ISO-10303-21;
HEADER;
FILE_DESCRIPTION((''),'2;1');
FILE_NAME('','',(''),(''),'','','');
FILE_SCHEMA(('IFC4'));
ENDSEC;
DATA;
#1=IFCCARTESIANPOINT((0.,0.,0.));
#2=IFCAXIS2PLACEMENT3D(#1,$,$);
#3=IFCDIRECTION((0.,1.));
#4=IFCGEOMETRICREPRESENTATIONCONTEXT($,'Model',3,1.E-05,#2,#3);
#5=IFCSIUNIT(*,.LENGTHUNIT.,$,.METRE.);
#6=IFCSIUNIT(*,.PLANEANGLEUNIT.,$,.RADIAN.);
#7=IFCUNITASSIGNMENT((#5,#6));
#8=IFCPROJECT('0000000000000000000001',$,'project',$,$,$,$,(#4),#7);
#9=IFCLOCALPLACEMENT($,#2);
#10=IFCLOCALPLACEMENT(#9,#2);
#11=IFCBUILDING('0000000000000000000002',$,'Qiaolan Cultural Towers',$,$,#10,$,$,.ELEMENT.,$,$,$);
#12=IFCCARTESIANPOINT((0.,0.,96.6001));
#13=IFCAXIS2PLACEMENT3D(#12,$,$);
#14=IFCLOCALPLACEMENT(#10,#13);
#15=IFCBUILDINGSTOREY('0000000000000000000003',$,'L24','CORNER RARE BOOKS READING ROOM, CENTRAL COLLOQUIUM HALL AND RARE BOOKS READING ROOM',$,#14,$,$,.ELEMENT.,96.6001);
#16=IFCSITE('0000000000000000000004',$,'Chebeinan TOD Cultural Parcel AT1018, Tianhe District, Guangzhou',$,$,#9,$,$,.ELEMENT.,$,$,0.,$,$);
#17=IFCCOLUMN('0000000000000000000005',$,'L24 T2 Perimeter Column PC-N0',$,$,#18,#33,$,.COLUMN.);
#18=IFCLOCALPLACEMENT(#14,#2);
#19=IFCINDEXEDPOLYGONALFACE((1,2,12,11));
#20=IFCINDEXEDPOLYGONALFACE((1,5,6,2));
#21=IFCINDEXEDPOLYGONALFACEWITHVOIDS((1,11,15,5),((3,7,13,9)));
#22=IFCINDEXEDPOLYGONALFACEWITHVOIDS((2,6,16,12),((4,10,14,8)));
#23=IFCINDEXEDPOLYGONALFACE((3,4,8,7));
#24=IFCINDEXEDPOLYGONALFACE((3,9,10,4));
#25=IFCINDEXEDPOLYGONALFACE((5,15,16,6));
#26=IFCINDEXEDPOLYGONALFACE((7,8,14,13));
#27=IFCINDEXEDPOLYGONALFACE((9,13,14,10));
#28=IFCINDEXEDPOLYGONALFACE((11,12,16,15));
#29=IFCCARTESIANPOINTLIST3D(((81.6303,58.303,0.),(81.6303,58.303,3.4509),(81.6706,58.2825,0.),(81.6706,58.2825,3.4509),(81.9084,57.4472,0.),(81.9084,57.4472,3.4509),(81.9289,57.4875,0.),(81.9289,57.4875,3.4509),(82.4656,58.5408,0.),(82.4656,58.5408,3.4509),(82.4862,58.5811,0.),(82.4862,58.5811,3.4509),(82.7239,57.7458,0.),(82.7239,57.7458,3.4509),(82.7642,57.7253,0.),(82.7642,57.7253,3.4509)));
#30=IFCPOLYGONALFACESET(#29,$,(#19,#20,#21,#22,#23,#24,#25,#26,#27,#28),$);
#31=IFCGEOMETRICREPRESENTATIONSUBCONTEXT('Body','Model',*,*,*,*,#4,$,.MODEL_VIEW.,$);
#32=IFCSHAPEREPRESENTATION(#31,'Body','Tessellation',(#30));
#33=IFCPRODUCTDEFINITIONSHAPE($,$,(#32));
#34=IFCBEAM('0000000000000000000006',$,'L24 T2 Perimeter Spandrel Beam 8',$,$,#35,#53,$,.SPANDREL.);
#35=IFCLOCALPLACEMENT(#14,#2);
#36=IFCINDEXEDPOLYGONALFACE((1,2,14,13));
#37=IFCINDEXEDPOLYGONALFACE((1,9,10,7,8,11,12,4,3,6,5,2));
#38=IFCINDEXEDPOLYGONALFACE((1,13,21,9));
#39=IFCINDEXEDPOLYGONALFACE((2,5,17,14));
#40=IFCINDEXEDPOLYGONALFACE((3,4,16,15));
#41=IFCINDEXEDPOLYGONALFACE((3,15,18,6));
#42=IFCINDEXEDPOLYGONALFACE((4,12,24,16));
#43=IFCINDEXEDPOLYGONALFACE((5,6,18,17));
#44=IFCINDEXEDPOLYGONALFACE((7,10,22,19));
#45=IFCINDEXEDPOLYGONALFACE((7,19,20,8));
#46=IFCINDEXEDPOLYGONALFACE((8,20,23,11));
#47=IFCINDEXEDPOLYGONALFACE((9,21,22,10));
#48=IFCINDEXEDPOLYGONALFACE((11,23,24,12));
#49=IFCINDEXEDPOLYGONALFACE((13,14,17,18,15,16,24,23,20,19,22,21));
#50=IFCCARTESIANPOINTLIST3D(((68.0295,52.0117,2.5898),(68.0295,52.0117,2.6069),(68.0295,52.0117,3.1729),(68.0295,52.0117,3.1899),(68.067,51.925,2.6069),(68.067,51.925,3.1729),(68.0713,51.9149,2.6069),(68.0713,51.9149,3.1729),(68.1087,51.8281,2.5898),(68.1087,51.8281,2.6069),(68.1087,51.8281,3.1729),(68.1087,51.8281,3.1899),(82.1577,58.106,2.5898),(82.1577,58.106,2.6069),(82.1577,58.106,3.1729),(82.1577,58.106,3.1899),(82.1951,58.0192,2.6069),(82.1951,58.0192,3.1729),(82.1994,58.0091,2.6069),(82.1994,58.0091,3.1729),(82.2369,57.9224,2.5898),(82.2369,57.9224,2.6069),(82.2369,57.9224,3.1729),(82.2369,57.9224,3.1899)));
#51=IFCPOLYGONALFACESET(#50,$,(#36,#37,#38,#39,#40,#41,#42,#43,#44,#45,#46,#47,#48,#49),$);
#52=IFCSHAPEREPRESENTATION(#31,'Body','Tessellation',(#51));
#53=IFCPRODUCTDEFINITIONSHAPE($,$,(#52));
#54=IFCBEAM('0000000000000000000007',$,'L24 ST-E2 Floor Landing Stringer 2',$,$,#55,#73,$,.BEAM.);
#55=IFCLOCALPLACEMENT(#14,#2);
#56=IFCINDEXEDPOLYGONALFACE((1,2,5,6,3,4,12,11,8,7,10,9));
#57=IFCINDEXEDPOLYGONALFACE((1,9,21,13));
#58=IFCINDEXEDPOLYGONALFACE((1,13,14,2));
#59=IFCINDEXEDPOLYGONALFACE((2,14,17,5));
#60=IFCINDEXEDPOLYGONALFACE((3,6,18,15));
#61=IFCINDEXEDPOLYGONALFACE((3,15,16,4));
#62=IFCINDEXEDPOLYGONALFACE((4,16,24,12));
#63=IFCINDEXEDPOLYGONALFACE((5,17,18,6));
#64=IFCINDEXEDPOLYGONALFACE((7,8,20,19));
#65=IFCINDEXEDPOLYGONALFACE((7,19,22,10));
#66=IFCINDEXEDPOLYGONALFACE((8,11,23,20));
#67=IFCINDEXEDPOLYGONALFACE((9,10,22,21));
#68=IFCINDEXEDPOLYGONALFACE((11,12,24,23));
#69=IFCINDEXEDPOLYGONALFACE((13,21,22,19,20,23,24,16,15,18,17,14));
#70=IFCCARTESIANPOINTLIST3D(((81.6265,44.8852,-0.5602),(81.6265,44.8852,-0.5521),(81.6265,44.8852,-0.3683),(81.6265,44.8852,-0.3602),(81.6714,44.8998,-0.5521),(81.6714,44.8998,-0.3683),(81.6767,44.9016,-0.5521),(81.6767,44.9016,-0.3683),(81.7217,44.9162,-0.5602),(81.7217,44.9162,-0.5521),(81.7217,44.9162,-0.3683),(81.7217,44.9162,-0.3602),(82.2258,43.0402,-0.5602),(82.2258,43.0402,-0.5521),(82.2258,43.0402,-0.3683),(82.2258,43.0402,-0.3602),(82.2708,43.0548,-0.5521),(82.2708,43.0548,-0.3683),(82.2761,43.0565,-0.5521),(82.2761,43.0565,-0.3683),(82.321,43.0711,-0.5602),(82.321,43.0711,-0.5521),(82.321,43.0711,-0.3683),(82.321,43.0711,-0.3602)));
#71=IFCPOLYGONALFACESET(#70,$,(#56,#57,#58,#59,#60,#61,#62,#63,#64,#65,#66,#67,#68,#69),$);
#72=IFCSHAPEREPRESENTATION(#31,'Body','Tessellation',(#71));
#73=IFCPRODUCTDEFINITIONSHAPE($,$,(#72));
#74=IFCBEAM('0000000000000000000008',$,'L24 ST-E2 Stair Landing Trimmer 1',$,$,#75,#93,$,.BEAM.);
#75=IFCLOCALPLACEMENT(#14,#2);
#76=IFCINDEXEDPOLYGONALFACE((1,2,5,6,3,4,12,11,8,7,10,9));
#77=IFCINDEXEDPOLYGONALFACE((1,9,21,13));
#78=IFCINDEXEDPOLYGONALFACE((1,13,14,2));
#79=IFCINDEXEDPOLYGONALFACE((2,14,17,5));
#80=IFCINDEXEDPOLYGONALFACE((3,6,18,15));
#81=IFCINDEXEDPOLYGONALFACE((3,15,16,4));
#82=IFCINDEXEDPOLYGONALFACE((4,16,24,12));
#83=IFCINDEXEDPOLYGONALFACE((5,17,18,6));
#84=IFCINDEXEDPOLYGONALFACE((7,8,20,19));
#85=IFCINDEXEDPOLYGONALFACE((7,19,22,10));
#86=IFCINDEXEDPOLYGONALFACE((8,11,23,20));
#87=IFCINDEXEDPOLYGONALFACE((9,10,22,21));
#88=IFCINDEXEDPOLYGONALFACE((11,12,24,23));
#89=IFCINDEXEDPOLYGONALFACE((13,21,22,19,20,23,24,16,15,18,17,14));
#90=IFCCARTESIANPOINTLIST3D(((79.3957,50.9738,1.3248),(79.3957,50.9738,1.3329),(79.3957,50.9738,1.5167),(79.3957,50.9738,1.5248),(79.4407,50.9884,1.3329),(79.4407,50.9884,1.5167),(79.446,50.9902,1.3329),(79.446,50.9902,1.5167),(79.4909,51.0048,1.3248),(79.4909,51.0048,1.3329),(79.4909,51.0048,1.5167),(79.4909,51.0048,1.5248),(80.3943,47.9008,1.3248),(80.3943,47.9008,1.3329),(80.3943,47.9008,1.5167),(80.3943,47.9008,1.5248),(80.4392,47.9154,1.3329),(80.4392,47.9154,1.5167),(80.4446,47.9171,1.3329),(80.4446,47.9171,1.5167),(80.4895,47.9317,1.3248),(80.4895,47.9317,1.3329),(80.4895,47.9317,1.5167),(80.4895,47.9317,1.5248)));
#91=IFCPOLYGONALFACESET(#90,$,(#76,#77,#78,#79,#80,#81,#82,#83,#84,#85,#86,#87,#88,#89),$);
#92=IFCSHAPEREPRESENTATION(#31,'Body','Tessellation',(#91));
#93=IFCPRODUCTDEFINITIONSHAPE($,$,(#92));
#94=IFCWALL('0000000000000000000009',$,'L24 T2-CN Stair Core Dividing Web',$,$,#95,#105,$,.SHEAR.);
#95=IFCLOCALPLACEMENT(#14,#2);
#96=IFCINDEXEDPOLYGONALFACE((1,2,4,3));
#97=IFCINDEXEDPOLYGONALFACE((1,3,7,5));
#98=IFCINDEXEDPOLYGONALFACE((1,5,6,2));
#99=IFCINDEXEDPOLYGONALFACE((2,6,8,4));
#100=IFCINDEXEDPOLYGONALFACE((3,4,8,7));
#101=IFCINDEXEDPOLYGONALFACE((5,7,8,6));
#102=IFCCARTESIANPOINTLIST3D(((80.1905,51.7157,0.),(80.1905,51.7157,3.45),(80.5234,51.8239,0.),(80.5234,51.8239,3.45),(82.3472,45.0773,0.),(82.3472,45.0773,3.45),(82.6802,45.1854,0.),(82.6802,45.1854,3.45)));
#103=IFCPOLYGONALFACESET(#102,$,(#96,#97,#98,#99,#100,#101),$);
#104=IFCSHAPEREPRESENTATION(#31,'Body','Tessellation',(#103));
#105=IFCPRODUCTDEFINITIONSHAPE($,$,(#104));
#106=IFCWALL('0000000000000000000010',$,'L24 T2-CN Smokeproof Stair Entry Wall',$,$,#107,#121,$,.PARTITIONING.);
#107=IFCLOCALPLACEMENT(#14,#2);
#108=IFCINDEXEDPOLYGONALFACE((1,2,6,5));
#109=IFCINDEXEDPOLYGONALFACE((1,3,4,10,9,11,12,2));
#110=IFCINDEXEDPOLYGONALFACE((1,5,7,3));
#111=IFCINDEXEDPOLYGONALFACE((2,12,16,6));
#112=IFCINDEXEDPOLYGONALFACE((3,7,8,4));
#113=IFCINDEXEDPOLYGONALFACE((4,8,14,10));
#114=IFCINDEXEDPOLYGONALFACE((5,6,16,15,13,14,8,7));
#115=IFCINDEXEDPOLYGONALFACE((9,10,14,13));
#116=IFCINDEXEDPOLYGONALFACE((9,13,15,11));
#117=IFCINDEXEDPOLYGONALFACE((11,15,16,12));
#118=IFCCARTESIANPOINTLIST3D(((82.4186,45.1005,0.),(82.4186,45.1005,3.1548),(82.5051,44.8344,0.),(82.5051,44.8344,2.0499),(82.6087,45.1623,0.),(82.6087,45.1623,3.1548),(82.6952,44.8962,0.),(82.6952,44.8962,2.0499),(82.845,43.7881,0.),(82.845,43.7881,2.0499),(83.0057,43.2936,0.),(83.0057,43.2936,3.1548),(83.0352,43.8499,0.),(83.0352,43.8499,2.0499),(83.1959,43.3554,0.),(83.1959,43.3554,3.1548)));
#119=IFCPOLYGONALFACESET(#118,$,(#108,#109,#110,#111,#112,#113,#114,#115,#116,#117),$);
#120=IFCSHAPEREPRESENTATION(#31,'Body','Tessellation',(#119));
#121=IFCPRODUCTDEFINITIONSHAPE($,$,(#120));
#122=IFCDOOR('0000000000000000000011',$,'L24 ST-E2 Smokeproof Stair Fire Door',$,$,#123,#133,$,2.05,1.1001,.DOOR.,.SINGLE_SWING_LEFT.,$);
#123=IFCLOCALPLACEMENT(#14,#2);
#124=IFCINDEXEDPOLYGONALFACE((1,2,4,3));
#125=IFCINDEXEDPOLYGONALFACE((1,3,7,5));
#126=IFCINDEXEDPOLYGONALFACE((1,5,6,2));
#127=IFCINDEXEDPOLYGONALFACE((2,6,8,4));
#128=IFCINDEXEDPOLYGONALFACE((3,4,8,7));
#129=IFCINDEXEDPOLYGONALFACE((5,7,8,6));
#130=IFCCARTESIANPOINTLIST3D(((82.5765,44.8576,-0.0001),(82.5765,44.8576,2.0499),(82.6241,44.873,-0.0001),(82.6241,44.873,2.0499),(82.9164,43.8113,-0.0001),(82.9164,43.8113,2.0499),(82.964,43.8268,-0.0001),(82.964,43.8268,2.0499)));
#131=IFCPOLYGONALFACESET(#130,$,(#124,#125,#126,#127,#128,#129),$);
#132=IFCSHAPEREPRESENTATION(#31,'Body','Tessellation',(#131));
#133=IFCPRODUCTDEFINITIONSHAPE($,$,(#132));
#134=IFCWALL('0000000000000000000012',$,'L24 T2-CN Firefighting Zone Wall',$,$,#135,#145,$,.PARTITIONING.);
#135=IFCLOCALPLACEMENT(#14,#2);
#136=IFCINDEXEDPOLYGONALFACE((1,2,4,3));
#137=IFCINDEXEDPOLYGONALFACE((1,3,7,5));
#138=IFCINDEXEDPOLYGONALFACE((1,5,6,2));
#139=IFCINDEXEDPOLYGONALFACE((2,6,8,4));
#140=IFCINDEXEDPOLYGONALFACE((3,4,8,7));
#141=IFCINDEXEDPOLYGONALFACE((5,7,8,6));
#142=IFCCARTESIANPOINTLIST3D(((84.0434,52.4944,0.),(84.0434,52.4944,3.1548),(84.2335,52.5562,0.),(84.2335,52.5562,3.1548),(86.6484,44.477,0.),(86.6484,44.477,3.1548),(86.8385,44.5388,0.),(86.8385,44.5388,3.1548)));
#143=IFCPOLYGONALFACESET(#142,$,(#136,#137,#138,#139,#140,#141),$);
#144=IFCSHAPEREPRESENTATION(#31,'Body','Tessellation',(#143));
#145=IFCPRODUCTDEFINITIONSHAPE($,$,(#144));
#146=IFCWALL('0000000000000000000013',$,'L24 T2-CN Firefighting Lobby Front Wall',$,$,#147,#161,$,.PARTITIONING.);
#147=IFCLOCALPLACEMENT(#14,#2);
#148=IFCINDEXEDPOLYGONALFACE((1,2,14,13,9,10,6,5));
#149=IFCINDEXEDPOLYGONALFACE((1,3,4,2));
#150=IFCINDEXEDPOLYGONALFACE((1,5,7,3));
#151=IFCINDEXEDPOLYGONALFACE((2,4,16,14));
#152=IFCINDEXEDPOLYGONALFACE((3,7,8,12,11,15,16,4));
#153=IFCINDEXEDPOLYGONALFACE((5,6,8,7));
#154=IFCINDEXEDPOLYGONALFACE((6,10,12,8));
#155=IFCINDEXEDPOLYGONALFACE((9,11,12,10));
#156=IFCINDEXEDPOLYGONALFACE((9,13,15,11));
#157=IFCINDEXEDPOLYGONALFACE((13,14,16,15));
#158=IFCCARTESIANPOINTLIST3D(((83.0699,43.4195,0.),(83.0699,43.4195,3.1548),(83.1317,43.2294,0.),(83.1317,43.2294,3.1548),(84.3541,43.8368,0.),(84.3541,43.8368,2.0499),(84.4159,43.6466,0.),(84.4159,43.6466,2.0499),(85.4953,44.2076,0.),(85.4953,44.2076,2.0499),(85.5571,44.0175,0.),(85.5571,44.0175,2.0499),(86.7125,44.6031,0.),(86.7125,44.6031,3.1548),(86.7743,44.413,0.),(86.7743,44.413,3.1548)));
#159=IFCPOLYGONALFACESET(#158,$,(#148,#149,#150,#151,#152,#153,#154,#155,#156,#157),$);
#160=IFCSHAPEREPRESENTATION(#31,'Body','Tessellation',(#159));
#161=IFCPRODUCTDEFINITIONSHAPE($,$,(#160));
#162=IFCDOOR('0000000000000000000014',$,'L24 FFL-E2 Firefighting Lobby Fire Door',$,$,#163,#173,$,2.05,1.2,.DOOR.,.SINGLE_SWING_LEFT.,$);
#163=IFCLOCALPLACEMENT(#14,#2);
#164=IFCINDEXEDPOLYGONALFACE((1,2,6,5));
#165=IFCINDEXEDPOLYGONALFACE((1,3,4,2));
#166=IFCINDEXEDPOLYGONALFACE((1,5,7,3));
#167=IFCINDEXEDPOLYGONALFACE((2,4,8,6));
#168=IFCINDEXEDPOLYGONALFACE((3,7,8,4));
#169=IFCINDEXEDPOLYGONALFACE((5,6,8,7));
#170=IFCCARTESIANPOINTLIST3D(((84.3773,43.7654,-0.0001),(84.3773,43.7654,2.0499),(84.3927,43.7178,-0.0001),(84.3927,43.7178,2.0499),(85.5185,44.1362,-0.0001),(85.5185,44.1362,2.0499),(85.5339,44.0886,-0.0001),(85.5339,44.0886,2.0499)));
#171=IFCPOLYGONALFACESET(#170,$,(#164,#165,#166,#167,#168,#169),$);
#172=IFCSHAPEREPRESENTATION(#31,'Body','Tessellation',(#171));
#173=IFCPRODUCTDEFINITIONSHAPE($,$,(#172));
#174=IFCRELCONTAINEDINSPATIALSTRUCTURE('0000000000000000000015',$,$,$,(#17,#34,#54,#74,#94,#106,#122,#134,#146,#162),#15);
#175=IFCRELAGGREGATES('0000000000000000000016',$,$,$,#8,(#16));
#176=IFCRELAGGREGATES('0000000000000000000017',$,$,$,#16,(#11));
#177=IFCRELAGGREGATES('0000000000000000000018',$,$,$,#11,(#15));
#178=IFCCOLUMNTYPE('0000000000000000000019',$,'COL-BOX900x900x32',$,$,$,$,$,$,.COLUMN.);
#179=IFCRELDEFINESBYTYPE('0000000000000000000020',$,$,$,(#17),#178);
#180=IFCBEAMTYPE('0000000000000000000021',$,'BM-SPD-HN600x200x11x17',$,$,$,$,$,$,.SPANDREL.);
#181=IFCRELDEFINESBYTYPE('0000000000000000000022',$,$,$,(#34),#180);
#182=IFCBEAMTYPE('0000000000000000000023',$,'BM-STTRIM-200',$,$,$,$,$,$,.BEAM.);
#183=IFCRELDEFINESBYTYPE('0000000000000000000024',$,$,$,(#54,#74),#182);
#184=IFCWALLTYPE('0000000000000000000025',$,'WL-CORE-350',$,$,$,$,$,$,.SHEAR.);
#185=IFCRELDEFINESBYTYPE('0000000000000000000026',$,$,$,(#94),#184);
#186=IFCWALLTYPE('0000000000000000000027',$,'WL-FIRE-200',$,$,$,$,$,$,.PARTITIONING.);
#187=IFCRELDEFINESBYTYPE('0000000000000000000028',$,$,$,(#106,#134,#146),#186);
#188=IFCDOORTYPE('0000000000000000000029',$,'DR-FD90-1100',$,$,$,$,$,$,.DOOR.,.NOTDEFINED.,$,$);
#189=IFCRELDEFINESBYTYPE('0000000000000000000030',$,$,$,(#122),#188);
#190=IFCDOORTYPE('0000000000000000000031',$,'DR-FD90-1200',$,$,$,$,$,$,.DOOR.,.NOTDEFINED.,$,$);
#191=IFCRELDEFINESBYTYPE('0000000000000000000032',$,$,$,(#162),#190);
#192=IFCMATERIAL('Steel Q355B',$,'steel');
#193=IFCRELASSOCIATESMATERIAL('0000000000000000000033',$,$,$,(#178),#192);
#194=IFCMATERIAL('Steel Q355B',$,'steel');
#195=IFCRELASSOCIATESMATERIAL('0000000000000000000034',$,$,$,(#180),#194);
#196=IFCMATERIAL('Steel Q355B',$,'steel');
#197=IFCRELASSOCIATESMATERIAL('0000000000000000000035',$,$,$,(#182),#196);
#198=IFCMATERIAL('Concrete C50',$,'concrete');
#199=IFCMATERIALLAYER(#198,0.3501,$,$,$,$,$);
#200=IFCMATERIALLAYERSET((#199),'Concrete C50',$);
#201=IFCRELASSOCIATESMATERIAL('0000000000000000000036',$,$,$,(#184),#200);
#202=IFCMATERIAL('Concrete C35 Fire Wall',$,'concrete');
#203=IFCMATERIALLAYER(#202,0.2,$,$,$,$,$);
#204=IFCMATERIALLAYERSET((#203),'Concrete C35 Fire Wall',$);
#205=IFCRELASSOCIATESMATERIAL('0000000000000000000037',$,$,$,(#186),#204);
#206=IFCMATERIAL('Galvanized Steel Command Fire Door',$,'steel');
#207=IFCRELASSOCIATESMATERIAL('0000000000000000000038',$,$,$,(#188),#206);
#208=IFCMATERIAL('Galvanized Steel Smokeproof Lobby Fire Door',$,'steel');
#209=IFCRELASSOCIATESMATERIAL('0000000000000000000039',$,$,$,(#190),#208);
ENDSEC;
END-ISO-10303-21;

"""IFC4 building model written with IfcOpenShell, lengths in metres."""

from ifc_helpers import new_model, si_unit, direction, frame, frame_2d, origin, origin_2d, place, context, subcontext, project, spatial, rectangle, hollow_rectangle, i_section, extrude, material, layer, layer_set, material_profile, profile_set, type_object, element, fill, save


model = new_model("IFC4")

# Units and contexts
model_context = context("Model", 3, precision=1e-05, world=origin(), true_north=direction((0.0, 1.0)))
body_context = subcontext(model_context, "Body", "Model", "MODEL_VIEW")
ifc_project = project(units=[si_unit("LENGTHUNIT", "METRE"), si_unit("PLANEANGLEUNIT", "RADIAN")], contexts=[model_context])

# Site, building, storey
site_placement = place(None, origin())
site = spatial("IfcSite", under=ifc_project, at=site_placement, Name="Chebeinan TOD Cultural Parcel AT1018, Tianhe District, Guangzhou", CompositionType="ELEMENT", RefElevation=0.0)
building_placement = place(site_placement, origin())
building = spatial("IfcBuilding", under=site, at=building_placement, Name="Qiaolan Cultural Towers", CompositionType="ELEMENT")
storey_placement = place(building_placement, frame((0.0, 0.0, 96.6001)))
storey = spatial("IfcBuildingStorey", under=building, at=storey_placement, Name="L24", Description="CORNER RARE BOOKS READING ROOM, CENTRAL COLLOQUIUM HALL AND RARE BOOKS READING ROOM", CompositionType="ELEMENT", Elevation=96.6001)

# Column
ifc_material_1 = material(Name="Steel Q355B", Category="steel")
ifc_material_profile_1 = material_profile(ifc_material_1, hollow_rectangle(XDim=0.8999, YDim=0.8999, WallThickness=0.032, at=origin_2d()), Name="BOX900x900x32")
ifc_profile_set_1 = profile_set([ifc_material_profile_1], Name="Steel Q355B")
column_type = type_object("IfcColumnType", Name="COL-BOX900x900x32", PredefinedType="COLUMN", material=ifc_profile_set_1)
column_placement = place(storey_placement, frame((82.1973, 58.0142, 0.0), z_axis=(0.0, 0.0, 1.0), x_axis=(0.951057, 0.309017, 0.0)))
element("IfcColumn", 1, at=column_placement, inside=storey, type_object=column_type, Name="L24 T2 Perimeter Column PC-N0", PredefinedType="COLUMN", context=body_context, shape_type="SweptSolid", body=[
    extrude(hollow_rectangle(XDim=0.8999, YDim=0.8999, WallThickness=0.032, at=origin_2d()), origin(), (0.0, 0.0, 1.0), 3.4509),
])

# Beams
ifc_material_2 = material(Name="Steel Q355B", Category="steel")
ifc_material_profile_2 = material_profile(ifc_material_2, i_section(OverallWidth=0.2, OverallDepth=0.6001, WebThickness=0.011, FlangeThickness=0.0171, at=origin_2d()), Name="HN600x200x11x17")
ifc_profile_set_2 = profile_set([ifc_material_profile_2], Name="Steel Q355B")
beam_type_1 = type_object("IfcBeamType", Name="BM-SPD-HN600x200x11x17", PredefinedType="SPANDREL", material=ifc_profile_set_2)
beam_1_placement = place(storey_placement, frame((82.1973, 58.0142, 2.8899), z_axis=(-0.918218, -0.396076, 0.0), x_axis=(0.396076, -0.918218, 0.0)))
element("IfcBeam", 2, at=beam_1_placement, inside=storey, type_object=beam_type_1, Name="L24 T2 Perimeter Spandrel Beam 8", PredefinedType="SPANDREL", context=body_context, shape_type="SweptSolid", body=[
    extrude(i_section(OverallWidth=0.2, OverallDepth=0.6001, WebThickness=0.011, FlangeThickness=0.0171, at=origin_2d()), origin(), (0.0, 0.0, 1.0), 15.3865),
])
ifc_material_3 = material(Name="Steel Q355B", Category="steel")
ifc_material_profile_3 = material_profile(ifc_material_3, i_section(OverallWidth=0.1001, OverallDepth=0.2, WebThickness=0.0056, FlangeThickness=0.0081, at=origin_2d()), Name="HN200x100x5.5x8")
ifc_profile_set_3 = profile_set([ifc_material_profile_3], Name="Steel Q355B")
beam_type_2 = type_object("IfcBeamType", Name="BM-STTRIM-200", PredefinedType="BEAM", material=ifc_profile_set_3)
beam_2_placement = place(storey_placement, frame((82.2734, 43.0557, -0.4602), z_axis=(-0.308969, 0.951072, 0.0), x_axis=(-0.951072, -0.308969, 0.0)))
element("IfcBeam", 3, at=beam_2_placement, inside=storey, type_object=beam_type_2, Name="L24 ST-E2 Floor Landing Stringer 2", PredefinedType="BEAM", context=body_context, shape_type="SweptSolid", body=[
    extrude(i_section(OverallWidth=0.1001, OverallDepth=0.2, WebThickness=0.0056, FlangeThickness=0.0081, at=origin_2d()), origin(), (0.0, 0.0, 1.0), 1.9399),
])
beam_3_placement = place(storey_placement, frame((80.4419, 47.9163, 1.4248), z_axis=(-0.309033, 0.951051, 0.0), x_axis=(-0.951051, -0.309033, 0.0)))
element("IfcBeam", 4, at=beam_3_placement, inside=storey, type_object=beam_type_2, Name="L24 ST-E2 Stair Landing Trimmer 1", PredefinedType="BEAM", context=body_context, shape_type="SweptSolid", body=[
    extrude(i_section(OverallWidth=0.1001, OverallDepth=0.2, WebThickness=0.0056, FlangeThickness=0.0081, at=origin_2d()), origin(), (0.0, 0.0, 1.0), 3.2312),
])

# Wall
ifc_material_4 = material(Name="Concrete C50", Category="concrete")
ifc_layer_1 = layer(ifc_material_4, 0.3501)
ifc_layer_set_1 = layer_set([ifc_layer_1], Name="Concrete C50")
wall_type_1 = type_object("IfcWallType", Name="WL-CORE-350", PredefinedType="SHEAR", material=ifc_layer_set_1)
wall_1_placement = place(storey_placement, frame((82.5137, 45.1313, 0.0), z_axis=(0.0, 0.0, 1.0), x_axis=(-0.308989, 0.951066, 0.0)))
element("IfcWall", 5, at=wall_1_placement, inside=storey, type_object=wall_type_1, Name="L24 T2-CN Stair Core Dividing Web", PredefinedType="SHEAR", context=body_context, shape_type="SweptSolid", body=[
    extrude(rectangle(XDim=6.98, YDim=0.3501, at=frame_2d((3.49, 0.0))), origin(), (0.0, 0.0, 1.0), 3.45),
])

# Wall, opening, door
ifc_material_5 = material(Name="Concrete C35 Fire Wall", Category="concrete")
ifc_layer_2 = layer(ifc_material_5, 0.2)
ifc_layer_set_2 = layer_set([ifc_layer_2], Name="Concrete C35 Fire Wall")
wall_type_2 = type_object("IfcWallType", Name="WL-FIRE-200", PredefinedType="PARTITIONING", material=ifc_layer_set_2)
wall_2_placement = place(storey_placement, frame((83.1008, 43.3245, 0.0), z_axis=(0.0, 0.0, 1.0), x_axis=(-0.309048, 0.951046, 0.0)))
wall_2 = element("IfcWall", 6, at=wall_2_placement, inside=storey, type_object=wall_type_2, Name="L24 T2-CN Smokeproof Stair Entry Wall", PredefinedType="PARTITIONING", context=body_context, shape_type="SweptSolid", body=[
    extrude(rectangle(XDim=1.8999, YDim=0.2, at=frame_2d((0.95, 0.0))), origin(), (0.0, 0.0, 1.0), 3.1548),
])
opening_1_placement = place(wall_2_placement, frame((0.52, 0.0, 0.0)))
opening_1 = element("IfcOpeningElement", 7, at=opening_1_placement, cuts=wall_2, PredefinedType="OPENING", context=body_context, shape_type="SweptSolid", body=[
    extrude(rectangle(XDim=1.1001, YDim=2.05, at=frame_2d((0.55, 1.0249))), frame((0.0, 0.1099, 0.0), z_axis=(0.0, -1.0, 0.0), x_axis=(1.0, 0.0, 0.0)), (0.0, 0.0, 1.0), 0.22),
])
ifc_material_6 = material(Name="Galvanized Steel Command Fire Door", Category="steel")
door_type_1 = type_object("IfcDoorType", Name="DR-FD90-1100", OperationType="NOTDEFINED", PredefinedType="DOOR", material=ifc_material_6)
door_1_placement = place(opening_1_placement, origin())
door_1 = element("IfcDoor", 8, at=door_1_placement, inside=storey, type_object=door_type_1, Name="L24 ST-E2 Smokeproof Stair Fire Door", OperationType="SINGLE_SWING_LEFT", OverallHeight=2.05, OverallWidth=1.1001, PredefinedType="DOOR", context=body_context, shape_type="SweptSolid", body=[
    extrude(rectangle(XDim=1.1001, YDim=2.05, at=frame_2d((0.55, 1.0249))), frame((0.0, 0.0249, 0.0), z_axis=(0.0, -1.0, 0.0), x_axis=(1.0, 0.0, 0.0)), (0.0, 0.0, 1.0), 0.05),
])
fill(opening_1, door_1)

# Wall
wall_3_placement = place(storey_placement, frame((86.7434, 44.5081, 0.0), z_axis=(0.0, 0.0, 1.0), x_axis=(-0.309016, 0.951057, 0.0)))
element("IfcWall", 9, at=wall_3_placement, inside=storey, type_object=wall_type_2, Name="L24 T2-CN Firefighting Zone Wall", PredefinedType="PARTITIONING", context=body_context, shape_type="SweptSolid", body=[
    extrude(rectangle(XDim=8.4299, YDim=0.2, at=frame_2d((4.2148, 0.0))), origin(), (0.0, 0.0, 1.0), 3.1548),
])

# Wall, opening, door
wall_4_placement = place(storey_placement, frame((83.1008, 43.3245, 0.0), z_axis=(0.0, 0.0, 1.0), x_axis=(0.951053, 0.309028, 0.0)))
wall_4 = element("IfcWall", 10, at=wall_4_placement, inside=storey, type_object=wall_type_2, Name="L24 T2-CN Firefighting Lobby Front Wall", PredefinedType="PARTITIONING", context=body_context, shape_type="SweptSolid", body=[
    extrude(rectangle(XDim=3.8301, YDim=0.2, at=frame_2d((1.915, 0.0))), origin(), (0.0, 0.0, 1.0), 3.1548),
])
opening_2_placement = place(wall_4_placement, frame((1.3501, 0.0, 0.0)))
opening_2 = element("IfcOpeningElement", 11, at=opening_2_placement, cuts=wall_4, PredefinedType="OPENING", context=body_context, shape_type="SweptSolid", body=[
    extrude(rectangle(XDim=1.2, YDim=2.05, at=frame_2d((0.6001, 1.0249))), frame((0.0, 0.1099, 0.0), z_axis=(0.0, -1.0, 0.0), x_axis=(1.0, 0.0, 0.0)), (0.0, 0.0, 1.0), 0.22),
])
ifc_material_7 = material(Name="Galvanized Steel Smokeproof Lobby Fire Door", Category="steel")
door_type_2 = type_object("IfcDoorType", Name="DR-FD90-1200", OperationType="NOTDEFINED", PredefinedType="DOOR", material=ifc_material_7)
door_2_placement = place(opening_2_placement, origin())
door_2 = element("IfcDoor", 12, at=door_2_placement, inside=storey, type_object=door_type_2, Name="L24 FFL-E2 Firefighting Lobby Fire Door", OperationType="SINGLE_SWING_LEFT", OverallHeight=2.05, OverallWidth=1.2, PredefinedType="DOOR", context=body_context, shape_type="SweptSolid", body=[
    extrude(rectangle(XDim=1.2, YDim=2.05, at=frame_2d((0.6001, 1.0249))), frame((0.0, 0.0249, 0.0), z_axis=(0.0, -1.0, 0.0), x_axis=(1.0, 0.0, 0.0)), (0.0, 0.0, 1.0), 0.05),
])
fill(opening_2, door_2)

save(model, "model.ifc")
